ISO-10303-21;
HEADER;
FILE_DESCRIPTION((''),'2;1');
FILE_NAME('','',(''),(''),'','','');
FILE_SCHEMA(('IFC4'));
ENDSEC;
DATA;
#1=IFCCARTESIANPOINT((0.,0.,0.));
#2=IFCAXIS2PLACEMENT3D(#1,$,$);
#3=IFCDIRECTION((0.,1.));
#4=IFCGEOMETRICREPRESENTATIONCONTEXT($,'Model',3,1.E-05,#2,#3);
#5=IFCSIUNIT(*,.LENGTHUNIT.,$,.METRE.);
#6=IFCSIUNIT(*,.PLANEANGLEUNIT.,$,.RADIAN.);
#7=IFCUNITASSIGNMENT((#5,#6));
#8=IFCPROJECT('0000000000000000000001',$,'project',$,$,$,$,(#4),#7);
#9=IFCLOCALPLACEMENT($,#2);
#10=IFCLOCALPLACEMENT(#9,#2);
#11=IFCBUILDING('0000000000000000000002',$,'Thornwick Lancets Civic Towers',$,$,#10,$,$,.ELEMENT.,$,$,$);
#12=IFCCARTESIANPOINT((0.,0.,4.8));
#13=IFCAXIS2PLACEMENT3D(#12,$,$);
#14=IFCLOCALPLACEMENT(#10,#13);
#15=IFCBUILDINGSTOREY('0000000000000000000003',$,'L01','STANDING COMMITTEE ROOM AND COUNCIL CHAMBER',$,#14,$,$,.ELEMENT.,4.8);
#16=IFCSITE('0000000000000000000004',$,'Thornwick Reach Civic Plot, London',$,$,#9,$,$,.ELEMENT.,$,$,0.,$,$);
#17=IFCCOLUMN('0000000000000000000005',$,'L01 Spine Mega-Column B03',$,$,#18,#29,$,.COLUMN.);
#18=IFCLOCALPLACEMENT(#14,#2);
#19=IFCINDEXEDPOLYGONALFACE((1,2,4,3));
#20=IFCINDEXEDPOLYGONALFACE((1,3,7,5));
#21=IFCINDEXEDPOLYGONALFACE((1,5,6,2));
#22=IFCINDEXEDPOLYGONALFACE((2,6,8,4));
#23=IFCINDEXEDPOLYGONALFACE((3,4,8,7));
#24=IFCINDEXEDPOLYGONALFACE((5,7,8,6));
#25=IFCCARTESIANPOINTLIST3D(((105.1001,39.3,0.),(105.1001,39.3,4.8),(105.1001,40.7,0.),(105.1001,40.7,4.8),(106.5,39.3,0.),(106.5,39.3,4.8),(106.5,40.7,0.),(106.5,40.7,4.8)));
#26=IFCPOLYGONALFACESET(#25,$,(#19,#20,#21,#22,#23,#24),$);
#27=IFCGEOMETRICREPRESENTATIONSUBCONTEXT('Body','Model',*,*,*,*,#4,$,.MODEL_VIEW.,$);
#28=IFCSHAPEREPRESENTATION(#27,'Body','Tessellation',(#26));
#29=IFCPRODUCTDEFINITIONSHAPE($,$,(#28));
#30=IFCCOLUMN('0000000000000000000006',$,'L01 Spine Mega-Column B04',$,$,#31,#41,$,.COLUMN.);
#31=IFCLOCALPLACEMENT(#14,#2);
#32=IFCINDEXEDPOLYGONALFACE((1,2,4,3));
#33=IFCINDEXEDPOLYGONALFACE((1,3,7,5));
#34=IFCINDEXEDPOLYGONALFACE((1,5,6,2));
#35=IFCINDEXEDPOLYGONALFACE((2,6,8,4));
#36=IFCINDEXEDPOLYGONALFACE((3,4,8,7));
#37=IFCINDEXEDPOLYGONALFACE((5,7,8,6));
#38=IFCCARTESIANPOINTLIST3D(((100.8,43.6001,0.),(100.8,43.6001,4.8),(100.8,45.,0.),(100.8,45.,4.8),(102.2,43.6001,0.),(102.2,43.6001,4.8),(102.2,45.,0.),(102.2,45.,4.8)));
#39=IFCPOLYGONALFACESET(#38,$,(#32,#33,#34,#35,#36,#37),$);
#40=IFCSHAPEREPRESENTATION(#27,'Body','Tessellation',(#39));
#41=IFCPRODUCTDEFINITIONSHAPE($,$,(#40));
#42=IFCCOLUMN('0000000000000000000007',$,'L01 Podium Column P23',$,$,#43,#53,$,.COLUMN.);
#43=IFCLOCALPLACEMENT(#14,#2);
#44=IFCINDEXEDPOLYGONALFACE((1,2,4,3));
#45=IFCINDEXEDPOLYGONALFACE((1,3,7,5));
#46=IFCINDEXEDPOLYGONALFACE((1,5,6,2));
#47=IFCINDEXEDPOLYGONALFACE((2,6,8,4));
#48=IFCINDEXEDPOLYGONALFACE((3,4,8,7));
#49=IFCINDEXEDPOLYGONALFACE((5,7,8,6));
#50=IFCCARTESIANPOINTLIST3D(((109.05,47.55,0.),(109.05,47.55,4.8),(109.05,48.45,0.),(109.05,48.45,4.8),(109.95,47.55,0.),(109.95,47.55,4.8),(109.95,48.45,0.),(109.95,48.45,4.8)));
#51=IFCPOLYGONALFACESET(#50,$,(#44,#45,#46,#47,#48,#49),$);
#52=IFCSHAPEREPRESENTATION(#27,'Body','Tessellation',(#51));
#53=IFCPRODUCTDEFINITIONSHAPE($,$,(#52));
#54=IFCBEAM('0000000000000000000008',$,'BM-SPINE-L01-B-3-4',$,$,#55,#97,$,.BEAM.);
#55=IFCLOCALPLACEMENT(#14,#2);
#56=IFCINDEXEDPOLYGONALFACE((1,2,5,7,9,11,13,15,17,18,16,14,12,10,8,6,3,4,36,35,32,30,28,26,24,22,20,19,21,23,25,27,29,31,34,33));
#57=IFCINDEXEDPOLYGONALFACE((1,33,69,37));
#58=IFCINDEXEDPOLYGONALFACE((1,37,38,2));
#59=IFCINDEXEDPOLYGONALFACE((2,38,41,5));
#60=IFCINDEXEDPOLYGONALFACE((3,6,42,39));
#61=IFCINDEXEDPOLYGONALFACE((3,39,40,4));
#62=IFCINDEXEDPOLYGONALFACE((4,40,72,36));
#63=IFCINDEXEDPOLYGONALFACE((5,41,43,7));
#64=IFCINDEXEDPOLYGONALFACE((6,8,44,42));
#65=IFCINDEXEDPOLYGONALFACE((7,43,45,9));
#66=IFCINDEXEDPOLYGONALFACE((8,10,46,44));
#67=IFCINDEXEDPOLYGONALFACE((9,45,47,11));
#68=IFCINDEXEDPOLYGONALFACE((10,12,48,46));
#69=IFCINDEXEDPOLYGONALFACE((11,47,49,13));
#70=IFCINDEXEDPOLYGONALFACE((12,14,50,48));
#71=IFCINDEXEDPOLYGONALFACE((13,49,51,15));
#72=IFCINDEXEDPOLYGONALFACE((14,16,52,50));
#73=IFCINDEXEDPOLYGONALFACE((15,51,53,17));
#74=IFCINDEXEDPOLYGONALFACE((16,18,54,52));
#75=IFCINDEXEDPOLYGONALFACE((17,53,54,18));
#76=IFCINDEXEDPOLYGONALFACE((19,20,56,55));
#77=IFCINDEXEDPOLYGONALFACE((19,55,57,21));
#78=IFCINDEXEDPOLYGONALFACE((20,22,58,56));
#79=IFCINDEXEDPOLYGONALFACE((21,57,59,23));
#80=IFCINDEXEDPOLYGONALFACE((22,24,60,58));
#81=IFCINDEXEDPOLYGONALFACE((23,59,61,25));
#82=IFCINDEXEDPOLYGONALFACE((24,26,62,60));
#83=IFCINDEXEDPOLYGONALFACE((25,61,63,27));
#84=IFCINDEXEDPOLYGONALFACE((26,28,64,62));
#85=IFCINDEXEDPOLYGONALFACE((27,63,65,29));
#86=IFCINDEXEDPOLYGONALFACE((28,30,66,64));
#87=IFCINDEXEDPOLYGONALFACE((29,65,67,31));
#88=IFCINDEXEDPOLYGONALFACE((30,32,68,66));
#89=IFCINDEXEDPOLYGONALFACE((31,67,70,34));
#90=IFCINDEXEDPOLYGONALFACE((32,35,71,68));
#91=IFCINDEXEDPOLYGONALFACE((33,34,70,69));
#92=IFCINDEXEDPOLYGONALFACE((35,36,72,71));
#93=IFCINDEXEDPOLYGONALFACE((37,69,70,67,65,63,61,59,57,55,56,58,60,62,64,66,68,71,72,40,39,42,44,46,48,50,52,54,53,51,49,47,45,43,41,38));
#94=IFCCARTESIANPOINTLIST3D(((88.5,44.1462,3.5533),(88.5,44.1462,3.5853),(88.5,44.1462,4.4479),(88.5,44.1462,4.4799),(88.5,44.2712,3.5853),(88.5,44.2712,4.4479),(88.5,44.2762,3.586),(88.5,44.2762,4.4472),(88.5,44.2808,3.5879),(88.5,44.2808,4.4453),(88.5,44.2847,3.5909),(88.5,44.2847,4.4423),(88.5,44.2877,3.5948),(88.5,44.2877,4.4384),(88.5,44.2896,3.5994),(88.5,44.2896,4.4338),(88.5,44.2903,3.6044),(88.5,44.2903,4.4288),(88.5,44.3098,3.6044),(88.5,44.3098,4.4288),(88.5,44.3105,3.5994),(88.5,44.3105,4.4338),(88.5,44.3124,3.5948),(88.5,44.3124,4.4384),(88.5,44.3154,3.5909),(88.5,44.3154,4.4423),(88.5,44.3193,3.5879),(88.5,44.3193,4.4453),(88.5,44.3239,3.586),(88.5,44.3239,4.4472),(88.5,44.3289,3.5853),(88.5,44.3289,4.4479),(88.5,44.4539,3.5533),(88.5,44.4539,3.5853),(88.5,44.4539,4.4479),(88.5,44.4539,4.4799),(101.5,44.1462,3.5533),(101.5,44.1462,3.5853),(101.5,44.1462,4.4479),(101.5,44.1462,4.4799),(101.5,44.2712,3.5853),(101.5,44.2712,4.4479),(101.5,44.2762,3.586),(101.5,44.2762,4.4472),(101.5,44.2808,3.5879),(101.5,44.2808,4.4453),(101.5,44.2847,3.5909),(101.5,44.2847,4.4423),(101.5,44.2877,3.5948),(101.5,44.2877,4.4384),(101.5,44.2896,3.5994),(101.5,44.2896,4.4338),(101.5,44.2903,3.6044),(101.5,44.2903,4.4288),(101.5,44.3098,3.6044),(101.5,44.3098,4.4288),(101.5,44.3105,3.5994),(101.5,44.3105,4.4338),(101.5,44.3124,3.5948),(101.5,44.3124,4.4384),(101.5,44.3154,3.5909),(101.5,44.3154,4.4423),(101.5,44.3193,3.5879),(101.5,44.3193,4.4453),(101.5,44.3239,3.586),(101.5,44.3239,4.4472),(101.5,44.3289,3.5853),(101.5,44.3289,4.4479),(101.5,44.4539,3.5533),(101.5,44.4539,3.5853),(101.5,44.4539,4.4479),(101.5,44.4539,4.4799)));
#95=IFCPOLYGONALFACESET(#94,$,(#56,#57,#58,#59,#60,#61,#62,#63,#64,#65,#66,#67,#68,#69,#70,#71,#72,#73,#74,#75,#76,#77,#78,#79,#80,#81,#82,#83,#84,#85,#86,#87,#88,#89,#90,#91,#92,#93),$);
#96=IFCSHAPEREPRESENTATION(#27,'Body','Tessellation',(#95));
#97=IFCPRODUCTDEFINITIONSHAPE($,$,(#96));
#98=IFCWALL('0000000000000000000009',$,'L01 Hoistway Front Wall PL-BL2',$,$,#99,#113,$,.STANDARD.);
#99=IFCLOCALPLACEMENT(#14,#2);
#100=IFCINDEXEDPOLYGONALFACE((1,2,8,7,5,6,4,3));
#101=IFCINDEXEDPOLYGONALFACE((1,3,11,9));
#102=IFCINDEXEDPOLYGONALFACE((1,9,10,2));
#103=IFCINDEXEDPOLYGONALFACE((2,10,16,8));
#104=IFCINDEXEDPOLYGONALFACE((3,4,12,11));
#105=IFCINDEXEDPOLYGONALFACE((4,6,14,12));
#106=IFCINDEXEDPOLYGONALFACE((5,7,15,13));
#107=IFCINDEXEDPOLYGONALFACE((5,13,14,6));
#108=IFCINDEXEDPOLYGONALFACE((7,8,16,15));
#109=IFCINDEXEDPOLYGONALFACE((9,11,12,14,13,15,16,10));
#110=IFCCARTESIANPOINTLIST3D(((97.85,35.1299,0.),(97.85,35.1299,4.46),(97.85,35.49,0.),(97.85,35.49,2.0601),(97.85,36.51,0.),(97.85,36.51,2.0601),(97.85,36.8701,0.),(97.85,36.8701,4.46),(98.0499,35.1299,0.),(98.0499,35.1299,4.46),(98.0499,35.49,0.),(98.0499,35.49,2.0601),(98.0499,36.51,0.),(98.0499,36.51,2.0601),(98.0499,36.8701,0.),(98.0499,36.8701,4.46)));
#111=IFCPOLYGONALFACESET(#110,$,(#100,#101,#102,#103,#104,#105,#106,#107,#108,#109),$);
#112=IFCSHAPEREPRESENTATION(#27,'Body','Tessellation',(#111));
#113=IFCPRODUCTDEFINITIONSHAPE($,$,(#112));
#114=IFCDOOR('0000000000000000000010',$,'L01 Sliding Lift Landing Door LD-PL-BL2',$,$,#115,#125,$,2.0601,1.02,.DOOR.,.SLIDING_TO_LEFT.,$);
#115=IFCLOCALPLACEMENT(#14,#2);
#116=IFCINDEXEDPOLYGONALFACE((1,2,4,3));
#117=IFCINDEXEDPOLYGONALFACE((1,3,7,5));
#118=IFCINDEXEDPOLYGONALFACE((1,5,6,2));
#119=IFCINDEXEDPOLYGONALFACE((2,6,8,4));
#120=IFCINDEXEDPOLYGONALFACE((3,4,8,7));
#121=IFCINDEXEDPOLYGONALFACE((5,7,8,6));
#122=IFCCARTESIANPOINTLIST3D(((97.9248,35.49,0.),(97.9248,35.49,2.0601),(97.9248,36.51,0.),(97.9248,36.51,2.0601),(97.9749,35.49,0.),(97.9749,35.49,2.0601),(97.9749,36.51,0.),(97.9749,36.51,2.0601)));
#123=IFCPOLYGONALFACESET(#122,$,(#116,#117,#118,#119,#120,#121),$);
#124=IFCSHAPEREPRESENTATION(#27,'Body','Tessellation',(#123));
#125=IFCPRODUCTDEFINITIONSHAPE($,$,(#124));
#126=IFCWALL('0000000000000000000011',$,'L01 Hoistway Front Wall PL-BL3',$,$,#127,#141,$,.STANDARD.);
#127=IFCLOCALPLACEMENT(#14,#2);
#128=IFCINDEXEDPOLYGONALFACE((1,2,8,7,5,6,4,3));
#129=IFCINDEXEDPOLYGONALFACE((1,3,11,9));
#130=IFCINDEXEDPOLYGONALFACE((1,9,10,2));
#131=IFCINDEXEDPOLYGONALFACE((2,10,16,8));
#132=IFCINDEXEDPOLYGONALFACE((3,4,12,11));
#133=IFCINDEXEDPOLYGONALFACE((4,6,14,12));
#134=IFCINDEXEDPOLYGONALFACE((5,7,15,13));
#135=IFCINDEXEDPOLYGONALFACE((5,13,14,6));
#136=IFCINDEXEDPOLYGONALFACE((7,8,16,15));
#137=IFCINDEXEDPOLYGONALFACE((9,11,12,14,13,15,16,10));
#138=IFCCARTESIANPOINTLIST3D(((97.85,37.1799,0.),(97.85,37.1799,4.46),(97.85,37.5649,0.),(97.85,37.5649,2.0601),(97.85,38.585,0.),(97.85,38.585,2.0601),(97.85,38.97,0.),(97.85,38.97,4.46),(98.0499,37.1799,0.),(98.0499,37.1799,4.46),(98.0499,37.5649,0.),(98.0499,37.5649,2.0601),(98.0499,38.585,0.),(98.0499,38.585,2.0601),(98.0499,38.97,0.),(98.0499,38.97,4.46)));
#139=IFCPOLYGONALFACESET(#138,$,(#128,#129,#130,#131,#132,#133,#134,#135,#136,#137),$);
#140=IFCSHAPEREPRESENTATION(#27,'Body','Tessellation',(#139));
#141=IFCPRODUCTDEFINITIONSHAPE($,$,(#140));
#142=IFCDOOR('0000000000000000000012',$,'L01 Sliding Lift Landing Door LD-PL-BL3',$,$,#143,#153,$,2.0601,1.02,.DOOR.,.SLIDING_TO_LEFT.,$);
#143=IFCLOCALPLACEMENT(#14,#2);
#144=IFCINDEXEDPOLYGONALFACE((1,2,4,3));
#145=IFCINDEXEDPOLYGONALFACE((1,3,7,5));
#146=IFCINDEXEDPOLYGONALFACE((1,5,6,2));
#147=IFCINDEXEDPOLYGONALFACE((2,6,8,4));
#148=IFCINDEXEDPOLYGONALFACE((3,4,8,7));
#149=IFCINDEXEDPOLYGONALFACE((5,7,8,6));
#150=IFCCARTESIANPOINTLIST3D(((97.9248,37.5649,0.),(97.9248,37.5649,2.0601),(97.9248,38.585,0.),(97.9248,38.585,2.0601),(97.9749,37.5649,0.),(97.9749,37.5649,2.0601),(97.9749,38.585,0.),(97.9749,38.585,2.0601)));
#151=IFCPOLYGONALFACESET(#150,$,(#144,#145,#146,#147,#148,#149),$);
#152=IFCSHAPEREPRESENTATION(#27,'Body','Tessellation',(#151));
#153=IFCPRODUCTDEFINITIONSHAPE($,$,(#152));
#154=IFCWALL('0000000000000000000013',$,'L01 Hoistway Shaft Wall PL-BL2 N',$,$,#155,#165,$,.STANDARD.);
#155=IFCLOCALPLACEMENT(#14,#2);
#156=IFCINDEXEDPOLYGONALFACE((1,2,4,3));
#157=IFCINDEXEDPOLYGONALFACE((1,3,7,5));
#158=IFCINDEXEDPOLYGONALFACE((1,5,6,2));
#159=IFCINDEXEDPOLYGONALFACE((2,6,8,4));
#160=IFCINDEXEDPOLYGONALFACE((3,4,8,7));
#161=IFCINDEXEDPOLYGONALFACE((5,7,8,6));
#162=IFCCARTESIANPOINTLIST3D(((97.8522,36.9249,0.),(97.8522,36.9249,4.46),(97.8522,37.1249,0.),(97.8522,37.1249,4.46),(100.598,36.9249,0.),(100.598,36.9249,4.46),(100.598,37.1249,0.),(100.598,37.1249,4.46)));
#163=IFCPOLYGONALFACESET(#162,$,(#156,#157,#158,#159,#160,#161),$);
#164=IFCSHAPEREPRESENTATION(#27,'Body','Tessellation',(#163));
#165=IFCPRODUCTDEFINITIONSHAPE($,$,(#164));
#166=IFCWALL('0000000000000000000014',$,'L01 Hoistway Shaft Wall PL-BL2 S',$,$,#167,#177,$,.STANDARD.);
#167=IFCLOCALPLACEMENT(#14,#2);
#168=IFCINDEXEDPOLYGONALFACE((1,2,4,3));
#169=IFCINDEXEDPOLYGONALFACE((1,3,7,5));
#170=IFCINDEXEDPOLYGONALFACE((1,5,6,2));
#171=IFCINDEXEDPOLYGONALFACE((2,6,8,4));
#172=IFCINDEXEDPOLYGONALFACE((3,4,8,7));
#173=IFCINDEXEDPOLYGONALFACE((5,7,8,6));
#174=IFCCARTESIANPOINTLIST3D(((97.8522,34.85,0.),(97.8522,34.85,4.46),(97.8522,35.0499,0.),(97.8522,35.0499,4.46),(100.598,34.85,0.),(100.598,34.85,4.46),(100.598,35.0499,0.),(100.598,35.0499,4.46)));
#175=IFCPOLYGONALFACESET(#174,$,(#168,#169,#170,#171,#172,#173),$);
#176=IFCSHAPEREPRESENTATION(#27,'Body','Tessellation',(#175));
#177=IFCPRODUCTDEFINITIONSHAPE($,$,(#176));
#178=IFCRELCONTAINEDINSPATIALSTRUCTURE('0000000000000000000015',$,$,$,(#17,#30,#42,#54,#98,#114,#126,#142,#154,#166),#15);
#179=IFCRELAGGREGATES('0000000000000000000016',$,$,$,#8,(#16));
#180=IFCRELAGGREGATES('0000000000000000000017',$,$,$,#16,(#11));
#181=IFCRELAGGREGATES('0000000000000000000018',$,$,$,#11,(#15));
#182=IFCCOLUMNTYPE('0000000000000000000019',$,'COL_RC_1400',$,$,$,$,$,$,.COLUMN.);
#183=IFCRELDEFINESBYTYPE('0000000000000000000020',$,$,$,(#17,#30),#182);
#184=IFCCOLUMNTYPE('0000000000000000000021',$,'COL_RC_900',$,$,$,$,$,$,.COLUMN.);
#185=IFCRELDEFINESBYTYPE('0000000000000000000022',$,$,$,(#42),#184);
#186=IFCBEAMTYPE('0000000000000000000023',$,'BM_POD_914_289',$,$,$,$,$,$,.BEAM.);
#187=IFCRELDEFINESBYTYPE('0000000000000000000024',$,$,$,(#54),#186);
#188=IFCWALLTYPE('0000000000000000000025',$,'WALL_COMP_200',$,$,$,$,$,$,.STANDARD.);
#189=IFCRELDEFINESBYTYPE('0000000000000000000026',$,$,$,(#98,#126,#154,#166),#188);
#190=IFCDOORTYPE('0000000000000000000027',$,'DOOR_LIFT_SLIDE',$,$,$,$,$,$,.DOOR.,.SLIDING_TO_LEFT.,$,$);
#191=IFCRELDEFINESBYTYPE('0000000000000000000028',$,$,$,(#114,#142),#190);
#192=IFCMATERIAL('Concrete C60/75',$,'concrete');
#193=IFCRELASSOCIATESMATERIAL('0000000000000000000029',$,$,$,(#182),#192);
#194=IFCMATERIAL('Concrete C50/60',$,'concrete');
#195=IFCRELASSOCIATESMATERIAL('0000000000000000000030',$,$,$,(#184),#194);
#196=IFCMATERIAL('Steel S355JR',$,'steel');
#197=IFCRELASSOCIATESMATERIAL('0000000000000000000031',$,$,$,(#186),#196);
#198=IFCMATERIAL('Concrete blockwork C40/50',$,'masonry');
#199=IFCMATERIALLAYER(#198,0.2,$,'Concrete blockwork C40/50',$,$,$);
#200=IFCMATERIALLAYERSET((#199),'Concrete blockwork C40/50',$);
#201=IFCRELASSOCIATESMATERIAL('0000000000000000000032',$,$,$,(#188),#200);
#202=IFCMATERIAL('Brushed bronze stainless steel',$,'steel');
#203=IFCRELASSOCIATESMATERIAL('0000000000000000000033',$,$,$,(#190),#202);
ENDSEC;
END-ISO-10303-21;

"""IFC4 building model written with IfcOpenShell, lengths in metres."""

from ifc_helpers import new_model, si_unit, direction, frame, frame_2d, origin, origin_2d, place, context, subcontext, project, spatial, rectangle, i_section, extrude, material, layer, layer_set, material_profile, profile_set, type_object, element, fill, save


model = new_model("IFC4")

# Units and contexts
model_context = context("Model", 3, precision=1e-05, world=origin(), true_north=direction((0.0, 1.0)))
body_context = subcontext(model_context, "Body", "Model", "MODEL_VIEW")
ifc_project = project(units=[si_unit("LENGTHUNIT", "METRE"), si_unit("PLANEANGLEUNIT", "RADIAN")], contexts=[model_context])

# Site, building, storey
site_placement = place(None, origin())
site = spatial("IfcSite", under=ifc_project, at=site_placement, Name="Thornwick Reach Civic Plot, London", CompositionType="ELEMENT", RefElevation=0.0)
building_placement = place(site_placement, origin())
building = spatial("IfcBuilding", under=site, at=building_placement, Name="Thornwick Lancets Civic Towers", CompositionType="ELEMENT")
storey_placement = place(building_placement, frame((0.0, 0.0, 4.8)))
storey = spatial("IfcBuildingStorey", under=building, at=storey_placement, Name="L01", Description="STANDING COMMITTEE ROOM AND COUNCIL CHAMBER", CompositionType="ELEMENT", Elevation=4.8)

# Columns
ifc_material_1 = material(Name="Concrete C60/75", Category="concrete")
ifc_material_profile_1 = material_profile(ifc_material_1, rectangle(XDim=1.3999, YDim=1.3999, at=origin_2d()), Name="RC 1400x1400")
ifc_profile_set_1 = profile_set([ifc_material_profile_1], Name="Concrete C60/75")
column_type_1 = type_object("IfcColumnType", Name="COL_RC_1400", PredefinedType="COLUMN", material=ifc_profile_set_1)
for number, where, z_axis, x_axis, name in (
    (1, (105.8, 40.0, 0.0), (0.0, 0.0, 1.0), (1.0, 0.0, 0.0), "L01 Spine Mega-Column B03"),
    (2, (101.5, 44.3, 0.0), (0.0, 0.0, 1.0), (1.0, 0.0, 0.0), "L01 Spine Mega-Column B04"),
):
    element("IfcColumn", number, at=place(storey_placement, frame(where, z_axis=z_axis, x_axis=x_axis)), inside=storey, type_object=column_type_1, Name=name, PredefinedType="COLUMN", context=body_context, shape_type="SweptSolid", body=[
        extrude(rectangle(XDim=1.3999, YDim=1.3999, at=origin_2d()), origin(), (0.0, 0.0, 1.0), 4.8),
    ])
ifc_material_2 = material(Name="Concrete C50/60", Category="concrete")
ifc_material_profile_2 = material_profile(ifc_material_2, rectangle(XDim=0.8999, YDim=0.8999, at=origin_2d()), Name="RC 900x900")
ifc_profile_set_2 = profile_set([ifc_material_profile_2], Name="Concrete C50/60")
column_type_2 = type_object("IfcColumnType", Name="COL_RC_900", PredefinedType="COLUMN", material=ifc_profile_set_2)
column_placement = place(storey_placement, frame((109.5, 48.0, 0.0), z_axis=(0.0, 0.0, 1.0), x_axis=(1.0, 0.0, 0.0)))
element("IfcColumn", 3, at=column_placement, inside=storey, type_object=column_type_2, Name="L01 Podium Column P23", PredefinedType="COLUMN", context=body_context, shape_type="SweptSolid", body=[
    extrude(rectangle(XDim=0.8999, YDim=0.8999, at=origin_2d()), origin(), (0.0, 0.0, 1.0), 4.8),
])

# Beam
ifc_material_3 = material(Name="Steel S355JR", Category="steel")
ifc_material_profile_3 = material_profile(ifc_material_3, i_section(OverallWidth=0.3076, OverallDepth=0.9265, WebThickness=0.0195, FlangeThickness=0.032, FilletRadius=0.019, at=origin_2d()), Name="UKB 914x305x289")
ifc_profile_set_3 = profile_set([ifc_material_profile_3], Name="Steel S355JR")
beam_type = type_object("IfcBeamType", Name="BM_POD_914_289", PredefinedType="BEAM", material=ifc_profile_set_3)
beam_placement = place(storey_placement, frame((101.5, 44.3, 4.0166), z_axis=(-1.0, 0.0, 0.0), x_axis=(0.0, -1.0, 0.0)))
element("IfcBeam", 4, at=beam_placement, inside=storey, type_object=beam_type, Name="BM-SPINE-L01-B-3-4", PredefinedType="BEAM", context=body_context, shape_type="SweptSolid", body=[
    extrude(i_section(OverallWidth=0.3076, OverallDepth=0.9265, WebThickness=0.0195, FlangeThickness=0.032, FilletRadius=0.019, at=origin_2d()), origin(), (0.0, 0.0, 1.0), 13.0),
])

# Walls, openings, doors
ifc_material_4 = material(Name="Concrete blockwork C40/50", Category="masonry")
ifc_layer_1 = layer(ifc_material_4, 0.2, Name="Concrete blockwork C40/50")
ifc_layer_set_1 = layer_set([ifc_layer_1], Name="Concrete blockwork C40/50")
wall_type_1 = type_object("IfcWallType", Name="WALL_COMP_200", PredefinedType="STANDARD", material=ifc_layer_set_1)
wall_1_placement = place(storey_placement, frame((97.95, 36.8701, 0.0), z_axis=(0.0, 0.0, 1.0), x_axis=(0.0, -1.0, 0.0)))
wall_1 = element("IfcWall", 5, at=wall_1_placement, inside=storey, type_object=wall_type_1, Name="L01 Hoistway Front Wall PL-BL2", PredefinedType="STANDARD", context=body_context, shape_type="SweptSolid", body=[
    extrude(rectangle(XDim=1.7402, YDim=0.2, at=frame_2d((0.8701, 0.0))), origin(), (0.0, 0.0, 1.0), 4.46),
])
opening_1_placement = place(wall_1_placement, frame((0.3601, 0.0, 0.0)))
opening_1 = element("IfcOpeningElement", 6, at=opening_1_placement, cuts=wall_1, PredefinedType="OPENING", context=body_context, shape_type="SweptSolid", body=[
    extrude(rectangle(XDim=1.02, YDim=2.0601, at=frame_2d((0.51, 1.03))), frame((0.0, 0.1099, 0.0), z_axis=(0.0, -1.0, 0.0), x_axis=(1.0, 0.0, 0.0)), (0.0, 0.0, 1.0), 0.22),
])
ifc_material_5 = material(Name="Brushed bronze stainless steel", Category="steel")
door_type_1 = type_object("IfcDoorType", Name="DOOR_LIFT_SLIDE", OperationType="SLIDING_TO_LEFT", PredefinedType="DOOR", material=ifc_material_5)
door_1_placement = place(opening_1_placement, origin())
door_1 = element("IfcDoor", 7, at=door_1_placement, inside=storey, type_object=door_type_1, Name="L01 Sliding Lift Landing Door LD-PL-BL2", OperationType="SLIDING_TO_LEFT", OverallHeight=2.0601, OverallWidth=1.02, PredefinedType="DOOR", context=body_context, shape_type="SweptSolid", body=[
    extrude(rectangle(XDim=1.02, YDim=2.0601, at=frame_2d((0.51, 1.03))), frame((0.0, 0.0249, 0.0), z_axis=(0.0, -1.0, 0.0), x_axis=(1.0, 0.0, 0.0)), (0.0, 0.0, 1.0), 0.05),
])
fill(opening_1, door_1)
wall_2_placement = place(storey_placement, frame((97.95, 38.97, 0.0), z_axis=(0.0, 0.0, 1.0), x_axis=(0.0, -1.0, 0.0)))
wall_2 = element("IfcWall", 8, at=wall_2_placement, inside=storey, type_object=wall_type_1, Name="L01 Hoistway Front Wall PL-BL3", PredefinedType="STANDARD", context=body_context, shape_type="SweptSolid", body=[
    extrude(rectangle(XDim=1.79, YDim=0.2, at=frame_2d((0.895, 0.0))), origin(), (0.0, 0.0, 1.0), 4.46),
])
opening_2_placement = place(wall_2_placement, frame((0.385, 0.0, 0.0)))
opening_2 = element("IfcOpeningElement", 9, at=opening_2_placement, cuts=wall_2, PredefinedType="OPENING", context=body_context, shape_type="SweptSolid", body=[
    extrude(rectangle(XDim=1.02, YDim=2.0601, at=frame_2d((0.51, 1.03))), frame((0.0, 0.1099, 0.0), z_axis=(0.0, -1.0, 0.0), x_axis=(1.0, 0.0, 0.0)), (0.0, 0.0, 1.0), 0.22),
])
door_2_placement = place(opening_2_placement, origin())
door_2 = element("IfcDoor", 10, at=door_2_placement, inside=storey, type_object=door_type_1, Name="L01 Sliding Lift Landing Door LD-PL-BL3", OperationType="SLIDING_TO_LEFT", OverallHeight=2.0601, OverallWidth=1.02, PredefinedType="DOOR", context=body_context, shape_type="SweptSolid", body=[
    extrude(rectangle(XDim=1.02, YDim=2.0601, at=frame_2d((0.51, 1.03))), frame((0.0, 0.0249, 0.0), z_axis=(0.0, -1.0, 0.0), x_axis=(1.0, 0.0, 0.0)), (0.0, 0.0, 1.0), 0.05),
])
fill(opening_2, door_2)

# Walls
for number, where, z_axis, x_axis, name in (
    (11, (97.8521, 37.0249, 0.0), (0.0, 0.0, 1.0), (1.0, 0.0, 0.0), "L01 Hoistway Shaft Wall PL-BL2 N"),
    (12, (97.8521, 34.95, 0.0), (0.0, 0.0, 1.0), (1.0, 0.0, 0.0), "L01 Hoistway Shaft Wall PL-BL2 S"),
):
    element("IfcWall", number, at=place(storey_placement, frame(where, z_axis=z_axis, x_axis=x_axis)), inside=storey, type_object=wall_type_1, Name=name, PredefinedType="STANDARD", context=body_context, shape_type="SweptSolid", body=[
        extrude(rectangle(XDim=2.7458, YDim=0.2, at=frame_2d((1.373, 0.0))), origin(), (0.0, 0.0, 1.0), 4.46),
    ])

save(model, "model.ifc")
